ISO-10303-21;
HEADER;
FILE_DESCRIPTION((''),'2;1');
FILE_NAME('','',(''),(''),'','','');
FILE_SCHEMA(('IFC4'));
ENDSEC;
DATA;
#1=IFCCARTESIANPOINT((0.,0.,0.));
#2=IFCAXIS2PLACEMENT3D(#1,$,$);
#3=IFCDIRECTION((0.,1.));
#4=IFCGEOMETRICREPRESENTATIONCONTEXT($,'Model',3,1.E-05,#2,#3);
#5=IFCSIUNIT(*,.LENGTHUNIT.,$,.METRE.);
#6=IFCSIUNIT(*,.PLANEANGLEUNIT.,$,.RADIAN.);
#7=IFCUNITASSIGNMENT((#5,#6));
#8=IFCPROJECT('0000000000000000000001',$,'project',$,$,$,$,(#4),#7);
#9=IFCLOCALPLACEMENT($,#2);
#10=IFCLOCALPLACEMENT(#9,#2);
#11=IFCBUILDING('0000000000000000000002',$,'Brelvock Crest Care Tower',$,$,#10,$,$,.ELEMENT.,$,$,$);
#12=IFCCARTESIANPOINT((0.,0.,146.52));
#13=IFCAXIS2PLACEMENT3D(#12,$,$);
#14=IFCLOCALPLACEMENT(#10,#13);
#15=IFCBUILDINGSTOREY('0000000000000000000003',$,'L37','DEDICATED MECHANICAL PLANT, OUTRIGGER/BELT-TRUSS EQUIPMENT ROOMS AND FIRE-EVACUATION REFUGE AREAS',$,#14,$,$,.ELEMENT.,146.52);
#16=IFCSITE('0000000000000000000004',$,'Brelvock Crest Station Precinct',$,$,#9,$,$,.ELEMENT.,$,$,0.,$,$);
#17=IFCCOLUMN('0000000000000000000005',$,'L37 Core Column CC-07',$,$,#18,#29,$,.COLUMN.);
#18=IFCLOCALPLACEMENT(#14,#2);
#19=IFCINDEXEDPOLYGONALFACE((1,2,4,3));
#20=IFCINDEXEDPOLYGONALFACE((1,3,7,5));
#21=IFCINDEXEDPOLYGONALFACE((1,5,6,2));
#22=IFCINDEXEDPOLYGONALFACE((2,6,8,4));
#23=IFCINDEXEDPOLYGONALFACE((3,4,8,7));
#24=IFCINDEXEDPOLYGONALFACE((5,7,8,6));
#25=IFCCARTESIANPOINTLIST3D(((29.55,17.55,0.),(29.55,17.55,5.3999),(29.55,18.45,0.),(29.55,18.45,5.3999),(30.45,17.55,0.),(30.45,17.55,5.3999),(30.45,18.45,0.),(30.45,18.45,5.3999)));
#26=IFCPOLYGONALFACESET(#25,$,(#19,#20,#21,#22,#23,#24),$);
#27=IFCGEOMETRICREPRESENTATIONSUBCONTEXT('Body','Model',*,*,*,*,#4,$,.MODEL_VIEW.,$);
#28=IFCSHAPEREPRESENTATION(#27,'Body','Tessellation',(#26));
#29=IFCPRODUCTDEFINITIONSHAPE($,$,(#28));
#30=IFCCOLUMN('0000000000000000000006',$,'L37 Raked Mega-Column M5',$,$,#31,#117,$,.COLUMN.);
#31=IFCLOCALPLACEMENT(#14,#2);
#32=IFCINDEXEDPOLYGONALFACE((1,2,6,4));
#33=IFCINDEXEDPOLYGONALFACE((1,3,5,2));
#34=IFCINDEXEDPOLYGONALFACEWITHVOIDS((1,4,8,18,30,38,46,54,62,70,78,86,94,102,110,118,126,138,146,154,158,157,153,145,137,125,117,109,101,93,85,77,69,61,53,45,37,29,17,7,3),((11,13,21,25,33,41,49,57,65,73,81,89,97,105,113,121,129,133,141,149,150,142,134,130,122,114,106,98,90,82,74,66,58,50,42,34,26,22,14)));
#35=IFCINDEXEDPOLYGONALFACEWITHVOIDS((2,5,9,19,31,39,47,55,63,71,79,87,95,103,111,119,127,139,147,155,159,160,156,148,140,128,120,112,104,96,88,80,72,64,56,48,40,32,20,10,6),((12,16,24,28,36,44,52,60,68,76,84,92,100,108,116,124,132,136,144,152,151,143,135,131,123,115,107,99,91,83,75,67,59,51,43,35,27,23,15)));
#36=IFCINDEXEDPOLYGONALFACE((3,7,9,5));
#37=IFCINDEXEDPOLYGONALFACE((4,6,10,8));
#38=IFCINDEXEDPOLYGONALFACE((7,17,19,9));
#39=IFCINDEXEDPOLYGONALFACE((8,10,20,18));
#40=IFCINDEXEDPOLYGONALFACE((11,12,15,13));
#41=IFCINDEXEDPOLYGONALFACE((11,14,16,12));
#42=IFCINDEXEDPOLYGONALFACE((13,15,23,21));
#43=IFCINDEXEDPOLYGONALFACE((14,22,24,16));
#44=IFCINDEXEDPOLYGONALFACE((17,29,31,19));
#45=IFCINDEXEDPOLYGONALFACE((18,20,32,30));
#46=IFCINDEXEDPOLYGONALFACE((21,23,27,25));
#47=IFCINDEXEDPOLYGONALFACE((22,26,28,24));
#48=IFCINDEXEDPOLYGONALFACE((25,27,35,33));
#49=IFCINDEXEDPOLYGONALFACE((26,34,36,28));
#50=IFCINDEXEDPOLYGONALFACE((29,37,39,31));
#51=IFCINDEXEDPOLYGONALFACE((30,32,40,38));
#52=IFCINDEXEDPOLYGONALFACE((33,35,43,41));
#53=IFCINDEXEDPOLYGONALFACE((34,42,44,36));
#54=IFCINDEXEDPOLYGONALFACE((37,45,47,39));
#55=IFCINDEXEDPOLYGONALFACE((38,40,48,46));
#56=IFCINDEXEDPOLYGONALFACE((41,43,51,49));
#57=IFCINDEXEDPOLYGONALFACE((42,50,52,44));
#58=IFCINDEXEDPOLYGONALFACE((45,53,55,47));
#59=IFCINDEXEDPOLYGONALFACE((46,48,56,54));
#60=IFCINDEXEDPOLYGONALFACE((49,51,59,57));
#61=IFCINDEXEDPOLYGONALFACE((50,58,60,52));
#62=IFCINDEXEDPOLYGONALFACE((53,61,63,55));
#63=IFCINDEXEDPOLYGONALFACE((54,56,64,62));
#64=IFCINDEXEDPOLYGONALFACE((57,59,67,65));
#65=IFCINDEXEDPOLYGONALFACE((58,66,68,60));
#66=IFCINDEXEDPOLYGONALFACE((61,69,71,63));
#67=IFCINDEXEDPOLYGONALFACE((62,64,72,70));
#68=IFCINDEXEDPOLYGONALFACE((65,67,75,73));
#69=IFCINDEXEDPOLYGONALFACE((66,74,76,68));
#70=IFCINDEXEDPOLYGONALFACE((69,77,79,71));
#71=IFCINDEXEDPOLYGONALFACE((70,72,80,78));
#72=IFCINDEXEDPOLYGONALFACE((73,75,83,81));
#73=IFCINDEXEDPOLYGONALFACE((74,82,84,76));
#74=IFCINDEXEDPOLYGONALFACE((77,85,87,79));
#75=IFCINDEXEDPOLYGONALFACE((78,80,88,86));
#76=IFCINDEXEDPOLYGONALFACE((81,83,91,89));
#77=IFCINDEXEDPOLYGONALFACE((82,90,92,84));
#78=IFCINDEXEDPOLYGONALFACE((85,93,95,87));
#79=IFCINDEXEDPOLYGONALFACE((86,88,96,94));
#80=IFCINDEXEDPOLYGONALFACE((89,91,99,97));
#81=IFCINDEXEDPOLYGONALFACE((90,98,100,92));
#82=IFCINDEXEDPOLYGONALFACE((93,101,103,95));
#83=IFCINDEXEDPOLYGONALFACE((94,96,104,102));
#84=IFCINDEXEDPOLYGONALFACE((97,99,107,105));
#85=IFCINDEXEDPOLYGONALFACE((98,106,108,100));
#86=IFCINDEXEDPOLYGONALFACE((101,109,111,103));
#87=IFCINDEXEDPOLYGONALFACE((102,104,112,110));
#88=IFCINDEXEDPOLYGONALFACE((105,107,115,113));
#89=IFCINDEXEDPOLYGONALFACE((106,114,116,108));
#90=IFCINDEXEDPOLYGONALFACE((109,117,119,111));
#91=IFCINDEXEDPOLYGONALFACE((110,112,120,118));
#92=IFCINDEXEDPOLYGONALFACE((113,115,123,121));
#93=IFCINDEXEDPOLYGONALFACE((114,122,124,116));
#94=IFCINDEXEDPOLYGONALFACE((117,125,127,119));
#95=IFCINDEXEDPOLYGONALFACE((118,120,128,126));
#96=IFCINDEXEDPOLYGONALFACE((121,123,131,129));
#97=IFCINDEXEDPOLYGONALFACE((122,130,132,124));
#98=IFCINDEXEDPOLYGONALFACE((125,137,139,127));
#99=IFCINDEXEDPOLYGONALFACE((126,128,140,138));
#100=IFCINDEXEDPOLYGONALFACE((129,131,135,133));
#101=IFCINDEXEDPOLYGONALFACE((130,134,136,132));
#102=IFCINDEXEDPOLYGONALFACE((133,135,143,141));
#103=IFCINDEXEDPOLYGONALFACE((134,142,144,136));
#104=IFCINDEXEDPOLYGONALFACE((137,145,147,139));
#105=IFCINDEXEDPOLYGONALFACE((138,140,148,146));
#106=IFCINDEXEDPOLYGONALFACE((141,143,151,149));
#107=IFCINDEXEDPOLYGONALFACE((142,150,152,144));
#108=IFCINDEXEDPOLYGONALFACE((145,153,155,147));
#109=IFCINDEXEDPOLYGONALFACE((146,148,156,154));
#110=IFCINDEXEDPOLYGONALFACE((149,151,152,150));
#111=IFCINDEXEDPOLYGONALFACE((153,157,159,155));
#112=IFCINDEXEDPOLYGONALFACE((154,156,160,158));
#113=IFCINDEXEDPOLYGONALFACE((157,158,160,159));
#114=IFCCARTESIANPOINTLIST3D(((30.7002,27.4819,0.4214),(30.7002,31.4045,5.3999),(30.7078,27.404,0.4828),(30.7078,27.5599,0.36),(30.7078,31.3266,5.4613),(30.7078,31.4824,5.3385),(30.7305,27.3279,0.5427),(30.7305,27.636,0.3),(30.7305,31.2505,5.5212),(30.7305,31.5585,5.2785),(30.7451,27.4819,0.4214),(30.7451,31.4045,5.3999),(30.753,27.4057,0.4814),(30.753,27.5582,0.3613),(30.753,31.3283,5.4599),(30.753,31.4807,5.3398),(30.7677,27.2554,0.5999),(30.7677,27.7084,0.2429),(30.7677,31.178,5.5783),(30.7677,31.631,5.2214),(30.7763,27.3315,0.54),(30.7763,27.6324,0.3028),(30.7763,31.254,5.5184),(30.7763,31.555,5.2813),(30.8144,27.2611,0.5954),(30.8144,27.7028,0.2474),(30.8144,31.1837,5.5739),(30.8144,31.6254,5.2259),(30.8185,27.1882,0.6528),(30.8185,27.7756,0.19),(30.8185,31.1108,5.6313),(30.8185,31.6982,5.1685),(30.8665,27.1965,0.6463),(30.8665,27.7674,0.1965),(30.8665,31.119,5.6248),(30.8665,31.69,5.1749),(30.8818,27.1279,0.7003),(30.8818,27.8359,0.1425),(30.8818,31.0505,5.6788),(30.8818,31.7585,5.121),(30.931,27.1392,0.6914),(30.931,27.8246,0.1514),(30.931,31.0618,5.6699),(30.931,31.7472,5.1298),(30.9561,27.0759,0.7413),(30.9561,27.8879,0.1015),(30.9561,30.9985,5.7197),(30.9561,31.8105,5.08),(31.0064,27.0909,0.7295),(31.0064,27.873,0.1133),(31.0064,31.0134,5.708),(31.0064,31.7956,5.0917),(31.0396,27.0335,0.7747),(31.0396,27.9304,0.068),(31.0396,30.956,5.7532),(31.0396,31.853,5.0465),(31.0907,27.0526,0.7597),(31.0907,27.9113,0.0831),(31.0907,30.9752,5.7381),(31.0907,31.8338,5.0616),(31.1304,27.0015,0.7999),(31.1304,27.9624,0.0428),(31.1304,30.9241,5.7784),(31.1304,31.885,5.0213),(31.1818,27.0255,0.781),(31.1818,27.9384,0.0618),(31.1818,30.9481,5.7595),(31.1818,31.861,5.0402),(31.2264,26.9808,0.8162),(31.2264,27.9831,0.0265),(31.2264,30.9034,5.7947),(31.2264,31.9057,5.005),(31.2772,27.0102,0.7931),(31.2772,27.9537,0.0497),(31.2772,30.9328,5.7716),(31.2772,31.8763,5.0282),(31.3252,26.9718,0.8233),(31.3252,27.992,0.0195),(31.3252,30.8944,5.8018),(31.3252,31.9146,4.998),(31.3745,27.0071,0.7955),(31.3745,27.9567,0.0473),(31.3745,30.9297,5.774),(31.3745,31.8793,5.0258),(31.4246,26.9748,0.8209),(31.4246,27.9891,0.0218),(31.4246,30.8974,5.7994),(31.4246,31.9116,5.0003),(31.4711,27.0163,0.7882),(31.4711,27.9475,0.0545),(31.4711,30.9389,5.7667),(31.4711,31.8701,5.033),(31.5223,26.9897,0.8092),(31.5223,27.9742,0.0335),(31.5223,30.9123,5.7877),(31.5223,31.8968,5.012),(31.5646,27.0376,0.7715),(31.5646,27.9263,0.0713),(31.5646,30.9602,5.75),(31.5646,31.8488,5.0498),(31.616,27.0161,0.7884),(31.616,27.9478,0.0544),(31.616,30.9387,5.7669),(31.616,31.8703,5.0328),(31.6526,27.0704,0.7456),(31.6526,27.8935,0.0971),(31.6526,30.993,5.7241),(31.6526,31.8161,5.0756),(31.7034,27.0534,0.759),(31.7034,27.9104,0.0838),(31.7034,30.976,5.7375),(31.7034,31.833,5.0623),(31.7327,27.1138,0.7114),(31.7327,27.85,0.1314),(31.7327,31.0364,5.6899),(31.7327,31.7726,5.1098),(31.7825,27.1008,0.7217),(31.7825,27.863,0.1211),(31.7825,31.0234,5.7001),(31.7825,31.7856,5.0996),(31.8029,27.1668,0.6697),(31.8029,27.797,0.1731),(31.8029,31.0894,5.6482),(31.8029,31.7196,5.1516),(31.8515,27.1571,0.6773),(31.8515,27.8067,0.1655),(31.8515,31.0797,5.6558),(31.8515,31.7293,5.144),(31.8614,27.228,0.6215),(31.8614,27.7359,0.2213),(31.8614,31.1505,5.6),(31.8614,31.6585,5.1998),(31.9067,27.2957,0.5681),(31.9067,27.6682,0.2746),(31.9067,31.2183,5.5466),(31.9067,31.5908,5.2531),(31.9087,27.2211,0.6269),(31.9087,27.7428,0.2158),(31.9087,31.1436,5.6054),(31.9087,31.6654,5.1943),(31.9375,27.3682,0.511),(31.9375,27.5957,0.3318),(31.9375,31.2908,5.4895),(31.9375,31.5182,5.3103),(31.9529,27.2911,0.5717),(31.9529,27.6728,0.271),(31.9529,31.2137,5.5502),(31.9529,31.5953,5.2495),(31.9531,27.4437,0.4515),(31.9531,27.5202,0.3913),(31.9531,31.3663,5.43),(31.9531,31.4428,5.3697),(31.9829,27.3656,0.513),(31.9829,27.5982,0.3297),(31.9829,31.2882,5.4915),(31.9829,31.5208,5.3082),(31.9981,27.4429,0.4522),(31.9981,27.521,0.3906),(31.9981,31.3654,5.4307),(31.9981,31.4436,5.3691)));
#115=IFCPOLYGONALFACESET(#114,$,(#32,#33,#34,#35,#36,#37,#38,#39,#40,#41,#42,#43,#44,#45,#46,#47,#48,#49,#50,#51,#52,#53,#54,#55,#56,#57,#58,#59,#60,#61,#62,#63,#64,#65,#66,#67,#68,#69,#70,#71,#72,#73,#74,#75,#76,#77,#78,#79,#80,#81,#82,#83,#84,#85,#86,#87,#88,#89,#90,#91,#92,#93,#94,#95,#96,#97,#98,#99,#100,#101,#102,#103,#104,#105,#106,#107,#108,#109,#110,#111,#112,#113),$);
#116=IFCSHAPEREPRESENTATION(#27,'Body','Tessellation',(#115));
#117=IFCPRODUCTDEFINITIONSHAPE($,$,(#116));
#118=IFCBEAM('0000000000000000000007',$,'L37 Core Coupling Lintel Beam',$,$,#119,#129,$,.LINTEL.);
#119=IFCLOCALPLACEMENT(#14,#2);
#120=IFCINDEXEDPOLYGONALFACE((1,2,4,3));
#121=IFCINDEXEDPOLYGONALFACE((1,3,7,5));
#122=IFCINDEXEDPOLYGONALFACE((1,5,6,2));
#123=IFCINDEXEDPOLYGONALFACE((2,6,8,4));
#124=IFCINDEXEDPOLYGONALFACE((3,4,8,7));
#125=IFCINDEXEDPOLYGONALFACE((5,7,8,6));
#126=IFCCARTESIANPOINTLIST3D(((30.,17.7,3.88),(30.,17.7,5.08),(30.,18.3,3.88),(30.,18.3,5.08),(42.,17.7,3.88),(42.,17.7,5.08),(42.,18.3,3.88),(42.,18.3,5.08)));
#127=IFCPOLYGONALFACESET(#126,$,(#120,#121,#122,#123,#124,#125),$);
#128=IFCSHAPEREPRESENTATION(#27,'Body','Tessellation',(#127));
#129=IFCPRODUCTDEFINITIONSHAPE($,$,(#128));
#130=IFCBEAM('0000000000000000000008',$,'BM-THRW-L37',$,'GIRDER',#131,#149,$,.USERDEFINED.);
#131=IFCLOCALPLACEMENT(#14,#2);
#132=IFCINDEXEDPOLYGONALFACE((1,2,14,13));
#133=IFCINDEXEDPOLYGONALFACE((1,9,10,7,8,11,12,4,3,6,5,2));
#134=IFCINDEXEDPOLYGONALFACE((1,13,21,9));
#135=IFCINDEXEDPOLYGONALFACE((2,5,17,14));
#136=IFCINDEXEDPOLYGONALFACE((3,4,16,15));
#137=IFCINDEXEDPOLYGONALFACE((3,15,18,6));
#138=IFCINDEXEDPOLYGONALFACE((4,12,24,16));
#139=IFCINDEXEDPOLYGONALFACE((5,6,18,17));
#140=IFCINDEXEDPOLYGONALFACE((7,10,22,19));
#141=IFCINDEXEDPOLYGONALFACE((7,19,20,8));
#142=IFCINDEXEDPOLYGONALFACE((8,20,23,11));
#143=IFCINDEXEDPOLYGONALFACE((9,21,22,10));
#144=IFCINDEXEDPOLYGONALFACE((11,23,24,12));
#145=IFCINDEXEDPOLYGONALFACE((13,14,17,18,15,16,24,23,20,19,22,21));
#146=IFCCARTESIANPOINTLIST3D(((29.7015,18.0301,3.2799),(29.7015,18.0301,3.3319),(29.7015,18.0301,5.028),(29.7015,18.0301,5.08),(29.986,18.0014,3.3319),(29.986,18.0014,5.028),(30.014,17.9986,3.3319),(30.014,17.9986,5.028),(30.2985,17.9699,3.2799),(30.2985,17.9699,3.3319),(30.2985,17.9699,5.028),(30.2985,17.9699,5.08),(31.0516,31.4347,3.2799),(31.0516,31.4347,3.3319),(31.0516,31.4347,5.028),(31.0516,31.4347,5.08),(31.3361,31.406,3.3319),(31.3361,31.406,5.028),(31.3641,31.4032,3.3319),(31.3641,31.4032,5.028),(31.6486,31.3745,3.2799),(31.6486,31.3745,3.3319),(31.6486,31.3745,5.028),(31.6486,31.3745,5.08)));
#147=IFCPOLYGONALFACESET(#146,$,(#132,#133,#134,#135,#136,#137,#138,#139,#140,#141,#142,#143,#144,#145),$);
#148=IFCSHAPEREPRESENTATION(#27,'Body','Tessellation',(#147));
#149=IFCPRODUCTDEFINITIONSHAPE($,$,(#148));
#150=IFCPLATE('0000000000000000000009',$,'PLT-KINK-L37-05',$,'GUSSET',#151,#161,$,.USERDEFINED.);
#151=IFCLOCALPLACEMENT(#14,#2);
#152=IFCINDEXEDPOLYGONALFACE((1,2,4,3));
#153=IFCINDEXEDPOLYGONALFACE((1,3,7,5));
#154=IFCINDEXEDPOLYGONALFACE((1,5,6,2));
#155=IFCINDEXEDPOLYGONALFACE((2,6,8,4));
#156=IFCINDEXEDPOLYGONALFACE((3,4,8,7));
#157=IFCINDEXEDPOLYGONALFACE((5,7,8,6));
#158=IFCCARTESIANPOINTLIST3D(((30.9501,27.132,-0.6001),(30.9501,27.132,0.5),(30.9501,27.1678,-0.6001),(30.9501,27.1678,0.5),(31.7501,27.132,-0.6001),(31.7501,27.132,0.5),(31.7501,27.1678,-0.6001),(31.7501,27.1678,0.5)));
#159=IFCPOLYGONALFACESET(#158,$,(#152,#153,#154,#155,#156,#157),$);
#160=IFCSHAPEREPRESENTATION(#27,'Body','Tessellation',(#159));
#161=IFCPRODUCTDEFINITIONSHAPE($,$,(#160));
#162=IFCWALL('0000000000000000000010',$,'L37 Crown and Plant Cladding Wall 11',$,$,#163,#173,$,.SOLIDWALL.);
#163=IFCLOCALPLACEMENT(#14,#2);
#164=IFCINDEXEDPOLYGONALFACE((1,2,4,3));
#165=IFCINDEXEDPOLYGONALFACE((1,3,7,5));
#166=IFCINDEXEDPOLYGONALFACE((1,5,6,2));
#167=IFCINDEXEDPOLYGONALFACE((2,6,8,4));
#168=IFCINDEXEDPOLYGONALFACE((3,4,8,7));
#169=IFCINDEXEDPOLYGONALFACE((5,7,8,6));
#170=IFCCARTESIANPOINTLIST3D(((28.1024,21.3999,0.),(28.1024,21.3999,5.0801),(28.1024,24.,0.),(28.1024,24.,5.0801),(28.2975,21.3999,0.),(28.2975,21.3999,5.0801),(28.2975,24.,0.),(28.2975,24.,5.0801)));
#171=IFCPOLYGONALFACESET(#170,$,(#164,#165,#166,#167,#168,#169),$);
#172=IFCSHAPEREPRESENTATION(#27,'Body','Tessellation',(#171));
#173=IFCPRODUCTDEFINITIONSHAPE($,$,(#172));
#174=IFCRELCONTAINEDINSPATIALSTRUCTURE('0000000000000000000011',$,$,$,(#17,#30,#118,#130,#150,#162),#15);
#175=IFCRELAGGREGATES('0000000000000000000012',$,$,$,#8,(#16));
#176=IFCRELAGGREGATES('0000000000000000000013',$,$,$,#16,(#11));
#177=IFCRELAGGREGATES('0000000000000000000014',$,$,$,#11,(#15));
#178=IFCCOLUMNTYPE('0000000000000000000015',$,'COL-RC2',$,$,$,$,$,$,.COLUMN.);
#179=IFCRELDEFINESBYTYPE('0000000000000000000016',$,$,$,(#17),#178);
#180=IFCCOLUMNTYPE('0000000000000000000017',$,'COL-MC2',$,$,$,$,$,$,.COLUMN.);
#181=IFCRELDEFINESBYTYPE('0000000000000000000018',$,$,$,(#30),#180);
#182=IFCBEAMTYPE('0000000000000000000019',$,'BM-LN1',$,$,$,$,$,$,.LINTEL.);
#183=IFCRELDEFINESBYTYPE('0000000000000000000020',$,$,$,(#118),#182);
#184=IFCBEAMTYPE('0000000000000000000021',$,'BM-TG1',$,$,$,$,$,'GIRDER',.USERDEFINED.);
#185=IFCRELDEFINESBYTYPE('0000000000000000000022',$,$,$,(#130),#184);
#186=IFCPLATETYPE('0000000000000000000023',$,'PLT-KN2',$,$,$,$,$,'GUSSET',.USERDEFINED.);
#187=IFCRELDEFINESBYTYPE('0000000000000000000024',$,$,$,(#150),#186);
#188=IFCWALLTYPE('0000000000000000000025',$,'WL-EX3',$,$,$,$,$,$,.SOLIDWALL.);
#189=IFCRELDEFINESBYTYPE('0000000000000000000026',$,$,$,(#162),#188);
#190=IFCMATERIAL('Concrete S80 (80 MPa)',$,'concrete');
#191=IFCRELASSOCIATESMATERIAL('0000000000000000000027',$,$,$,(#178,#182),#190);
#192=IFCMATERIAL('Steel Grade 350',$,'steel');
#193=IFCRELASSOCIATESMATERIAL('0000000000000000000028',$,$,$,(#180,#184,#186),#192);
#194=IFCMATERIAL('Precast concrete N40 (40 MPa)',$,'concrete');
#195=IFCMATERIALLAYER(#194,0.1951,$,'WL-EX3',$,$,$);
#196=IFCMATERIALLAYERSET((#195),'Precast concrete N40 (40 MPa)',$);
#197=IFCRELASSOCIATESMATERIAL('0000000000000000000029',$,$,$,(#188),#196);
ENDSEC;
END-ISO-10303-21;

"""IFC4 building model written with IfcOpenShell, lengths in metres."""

from ifc_helpers import new_model, si_unit, direction, frame, frame_2d, origin, origin_2d, place, context, subcontext, project, spatial, rectangle, hollow_circle, i_section, extrude, source, transform, mapped, material, layer, layer_set, material_profile, profile_set, type_object, element, save


model = new_model("IFC4")

# Units and contexts
model_context = context("Model", 3, precision=1e-05, world=origin(), true_north=direction((0.0, 1.0)))
body_context = subcontext(model_context, "Body", "Model", "MODEL_VIEW")
ifc_project = project(units=[si_unit("LENGTHUNIT", "METRE"), si_unit("PLANEANGLEUNIT", "RADIAN")], contexts=[model_context])

# Site, building, storey
site_placement = place(None, origin())
site = spatial("IfcSite", under=ifc_project, at=site_placement, Name="Brelvock Crest Station Precinct", CompositionType="ELEMENT", RefElevation=0.0)
building_placement = place(site_placement, origin())
building = spatial("IfcBuilding", under=site, at=building_placement, Name="Brelvock Crest Care Tower", CompositionType="ELEMENT")
storey_placement = place(building_placement, frame((0.0, 0.0, 146.52)))
storey = spatial("IfcBuildingStorey", under=building, at=storey_placement, Name="L37", Description="DEDICATED MECHANICAL PLANT, OUTRIGGER/BELT-TRUSS EQUIPMENT ROOMS AND FIRE-EVACUATION REFUGE AREAS", CompositionType="ELEMENT", Elevation=146.52)

# Columns
ifc_material_1 = material(Name="Concrete S80 (80 MPa)", Category="concrete")
ifc_material_profile_1 = material_profile(ifc_material_1, rectangle(XDim=0.8999, YDim=0.8999, at=origin_2d()), Name="RC900x900")
ifc_profile_set_1 = profile_set([ifc_material_profile_1], Name="Concrete S80 (80 MPa)")
column_type_1 = type_object("IfcColumnType", Name="COL-RC2", PredefinedType="COLUMN", material=ifc_profile_set_1)
shared_shape_1 = source(origin(), body_context, "Body", "SweptSolid", [
    extrude(rectangle(XDim=0.8999, YDim=0.8999, at=origin_2d()), origin(), (0.0, 0.0, 1.0), 5.3999),
])
column_1_placement = place(storey_placement, frame((30.0, 18.0, 0.0), z_axis=(0.0, 0.0, 1.0), x_axis=(1.0, 0.0, 0.0)))
element("IfcColumn", 1, at=column_1_placement, inside=storey, type_object=column_type_1, Name="L37 Core Column CC-07", PredefinedType="COLUMN", context=body_context, shape_type="MappedRepresentation", body=[
    mapped(shared_shape_1, transform((0.0, 0.0, 0.0), x_axis=(1.0, 0.0, 0.0), y_axis=(0.0, 1.0, 0.0), z_axis=(0.0, 0.0, 1.0), scale=1.0)),
])
ifc_material_2 = material(Name="Steel Grade 350", Category="steel")
ifc_material_profile_2 = material_profile(ifc_material_2, hollow_circle(Radius=0.6499, WallThickness=0.0449, at=origin_2d()), Name="CFT1300x45")
ifc_profile_set_2 = profile_set([ifc_material_profile_2], Name="Steel Grade 350")
column_type_2 = type_object("IfcColumnType", Name="COL-MC2", PredefinedType="COLUMN", material=ifc_profile_set_2)
shared_shape_2 = source(origin(), body_context, "Body", "SweptSolid", [
    extrude(hollow_circle(Radius=0.6499, WallThickness=0.0449, at=origin_2d()), origin(), (0.0, 0.0, 1.0), 6.3381),
])
column_2_placement = place(storey_placement, frame((31.3501, 27.4819, 0.4214), z_axis=(0.0, 0.618886, 0.785481), x_axis=(-1.0, 0.0, 0.0)))
element("IfcColumn", 2, at=column_2_placement, inside=storey, type_object=column_type_2, Name="L37 Raked Mega-Column M5", PredefinedType="COLUMN", context=body_context, shape_type="MappedRepresentation", body=[
    mapped(shared_shape_2, transform((0.0, 0.0, 0.0), x_axis=(1.0, 0.0, 0.0), y_axis=(0.0, 1.0, 0.0), z_axis=(0.0, 0.0, 1.0), scale=1.0)),
])

# Beams
ifc_material_profile_3 = material_profile(ifc_material_1, rectangle(XDim=0.6001, YDim=1.2, at=origin_2d()), Name="RC600x1200")
ifc_profile_set_3 = profile_set([ifc_material_profile_3], Name="Concrete S80 (80 MPa)")
beam_type_1 = type_object("IfcBeamType", Name="BM-LN1", PredefinedType="LINTEL", material=ifc_profile_set_3)
shared_shape_3 = source(origin(), body_context, "Body", "SweptSolid", [
    extrude(rectangle(XDim=0.6001, YDim=1.2, at=origin_2d()), origin(), (0.0, 0.0, 1.0), 12.0),
])
beam_1_placement = place(storey_placement, frame((30.0, 18.0, 4.48), z_axis=(1.0, 0.0, 0.0), x_axis=(0.0, 1.0, 0.0)))
element("IfcBeam", 3, at=beam_1_placement, inside=storey, type_object=beam_type_1, Name="L37 Core Coupling Lintel Beam", PredefinedType="LINTEL", context=body_context, shape_type="MappedRepresentation", body=[
    mapped(shared_shape_3, transform((0.0, 0.0, 0.0), x_axis=(1.0, 0.0, 0.0), y_axis=(0.0, 1.0, 0.0), z_axis=(0.0, 0.0, 1.0), scale=1.0)),
])
ifc_material_profile_4 = material_profile(ifc_material_2, i_section(OverallWidth=0.6001, OverallDepth=1.8, WebThickness=0.0281, FlangeThickness=0.052, at=origin_2d()), Name="1800TG740")
ifc_profile_set_4 = profile_set([ifc_material_profile_4], Name="Steel Grade 350")
beam_type_2 = type_object("IfcBeamType", Name="BM-TG1", ElementType="GIRDER", PredefinedType="USERDEFINED", material=ifc_profile_set_4)
shared_shape_4 = source(origin(), body_context, "Body", "SweptSolid", [
    extrude(i_section(OverallWidth=0.6001, OverallDepth=1.8, WebThickness=0.0281, FlangeThickness=0.052, at=origin_2d()), origin(), (0.0, 0.0, 1.0), 13.4724),
])
beam_2_placement = place(storey_placement, frame((30.0, 18.0, 4.1799), z_axis=(0.100212, 0.994966, 0.0), x_axis=(-0.994966, 0.100212, 0.0)))
element("IfcBeam", 4, at=beam_2_placement, inside=storey, type_object=beam_type_2, Name="BM-THRW-L37", ObjectType="GIRDER", PredefinedType="USERDEFINED", context=body_context, shape_type="MappedRepresentation", body=[
    mapped(shared_shape_4, transform((0.0, 0.0, 0.0), x_axis=(1.0, 0.0, 0.0), y_axis=(0.0, 1.0, 0.0), z_axis=(0.0, 0.0, 1.0), scale=1.0)),
])

# Plate
plate_type = type_object("IfcPlateType", Name="PLT-KN2", ElementType="GUSSET", PredefinedType="USERDEFINED", material=ifc_material_2)
shared_shape_5 = source(origin(), body_context, "Body", "SweptSolid", [
    extrude(rectangle(XDim=0.8, YDim=0.0359, at=origin_2d()), origin(), (0.0, 0.0, 1.0), 1.1001),
])
plate_placement = place(storey_placement, frame((31.3501, 27.1499, -0.6001), z_axis=(0.0, 0.0, 1.0), x_axis=(1.0, 0.0, 0.0)))
element("IfcPlate", 5, at=plate_placement, inside=storey, type_object=plate_type, Name="PLT-KINK-L37-05", ObjectType="GUSSET", PredefinedType="USERDEFINED", context=body_context, shape_type="MappedRepresentation", body=[
    mapped(shared_shape_5, transform((0.0, 0.0, 0.0), x_axis=(1.0, 0.0, 0.0), y_axis=(0.0, 1.0, 0.0), z_axis=(0.0, 0.0, 1.0), scale=1.0)),
])

# Wall
ifc_material_3 = material(Name="Precast concrete N40 (40 MPa)", Category="concrete")
ifc_layer_1 = layer(ifc_material_3, 0.1951, Name="WL-EX3")
ifc_layer_set_1 = layer_set([ifc_layer_1], Name="Precast concrete N40 (40 MPa)")
wall_type_1 = type_object("IfcWallType", Name="WL-EX3", PredefinedType="SOLIDWALL", material=ifc_layer_set_1)
wall_1_placement = place(storey_placement, frame((28.2, 21.3999, 0.0), z_axis=(0.0, 0.0, 1.0), x_axis=(0.0, 1.0, 0.0)))
element("IfcWall", 6, at=wall_1_placement, inside=storey, type_object=wall_type_1, Name="L37 Crown and Plant Cladding Wall 11", PredefinedType="SOLIDWALL", context=body_context, shape_type="SweptSolid", body=[
    extrude(rectangle(XDim=2.6001, YDim=0.1951, at=frame_2d((1.3, 0.0))), origin(), (0.0, 0.0, 1.0), 5.0801),
])

save(model, "model.ifc")
